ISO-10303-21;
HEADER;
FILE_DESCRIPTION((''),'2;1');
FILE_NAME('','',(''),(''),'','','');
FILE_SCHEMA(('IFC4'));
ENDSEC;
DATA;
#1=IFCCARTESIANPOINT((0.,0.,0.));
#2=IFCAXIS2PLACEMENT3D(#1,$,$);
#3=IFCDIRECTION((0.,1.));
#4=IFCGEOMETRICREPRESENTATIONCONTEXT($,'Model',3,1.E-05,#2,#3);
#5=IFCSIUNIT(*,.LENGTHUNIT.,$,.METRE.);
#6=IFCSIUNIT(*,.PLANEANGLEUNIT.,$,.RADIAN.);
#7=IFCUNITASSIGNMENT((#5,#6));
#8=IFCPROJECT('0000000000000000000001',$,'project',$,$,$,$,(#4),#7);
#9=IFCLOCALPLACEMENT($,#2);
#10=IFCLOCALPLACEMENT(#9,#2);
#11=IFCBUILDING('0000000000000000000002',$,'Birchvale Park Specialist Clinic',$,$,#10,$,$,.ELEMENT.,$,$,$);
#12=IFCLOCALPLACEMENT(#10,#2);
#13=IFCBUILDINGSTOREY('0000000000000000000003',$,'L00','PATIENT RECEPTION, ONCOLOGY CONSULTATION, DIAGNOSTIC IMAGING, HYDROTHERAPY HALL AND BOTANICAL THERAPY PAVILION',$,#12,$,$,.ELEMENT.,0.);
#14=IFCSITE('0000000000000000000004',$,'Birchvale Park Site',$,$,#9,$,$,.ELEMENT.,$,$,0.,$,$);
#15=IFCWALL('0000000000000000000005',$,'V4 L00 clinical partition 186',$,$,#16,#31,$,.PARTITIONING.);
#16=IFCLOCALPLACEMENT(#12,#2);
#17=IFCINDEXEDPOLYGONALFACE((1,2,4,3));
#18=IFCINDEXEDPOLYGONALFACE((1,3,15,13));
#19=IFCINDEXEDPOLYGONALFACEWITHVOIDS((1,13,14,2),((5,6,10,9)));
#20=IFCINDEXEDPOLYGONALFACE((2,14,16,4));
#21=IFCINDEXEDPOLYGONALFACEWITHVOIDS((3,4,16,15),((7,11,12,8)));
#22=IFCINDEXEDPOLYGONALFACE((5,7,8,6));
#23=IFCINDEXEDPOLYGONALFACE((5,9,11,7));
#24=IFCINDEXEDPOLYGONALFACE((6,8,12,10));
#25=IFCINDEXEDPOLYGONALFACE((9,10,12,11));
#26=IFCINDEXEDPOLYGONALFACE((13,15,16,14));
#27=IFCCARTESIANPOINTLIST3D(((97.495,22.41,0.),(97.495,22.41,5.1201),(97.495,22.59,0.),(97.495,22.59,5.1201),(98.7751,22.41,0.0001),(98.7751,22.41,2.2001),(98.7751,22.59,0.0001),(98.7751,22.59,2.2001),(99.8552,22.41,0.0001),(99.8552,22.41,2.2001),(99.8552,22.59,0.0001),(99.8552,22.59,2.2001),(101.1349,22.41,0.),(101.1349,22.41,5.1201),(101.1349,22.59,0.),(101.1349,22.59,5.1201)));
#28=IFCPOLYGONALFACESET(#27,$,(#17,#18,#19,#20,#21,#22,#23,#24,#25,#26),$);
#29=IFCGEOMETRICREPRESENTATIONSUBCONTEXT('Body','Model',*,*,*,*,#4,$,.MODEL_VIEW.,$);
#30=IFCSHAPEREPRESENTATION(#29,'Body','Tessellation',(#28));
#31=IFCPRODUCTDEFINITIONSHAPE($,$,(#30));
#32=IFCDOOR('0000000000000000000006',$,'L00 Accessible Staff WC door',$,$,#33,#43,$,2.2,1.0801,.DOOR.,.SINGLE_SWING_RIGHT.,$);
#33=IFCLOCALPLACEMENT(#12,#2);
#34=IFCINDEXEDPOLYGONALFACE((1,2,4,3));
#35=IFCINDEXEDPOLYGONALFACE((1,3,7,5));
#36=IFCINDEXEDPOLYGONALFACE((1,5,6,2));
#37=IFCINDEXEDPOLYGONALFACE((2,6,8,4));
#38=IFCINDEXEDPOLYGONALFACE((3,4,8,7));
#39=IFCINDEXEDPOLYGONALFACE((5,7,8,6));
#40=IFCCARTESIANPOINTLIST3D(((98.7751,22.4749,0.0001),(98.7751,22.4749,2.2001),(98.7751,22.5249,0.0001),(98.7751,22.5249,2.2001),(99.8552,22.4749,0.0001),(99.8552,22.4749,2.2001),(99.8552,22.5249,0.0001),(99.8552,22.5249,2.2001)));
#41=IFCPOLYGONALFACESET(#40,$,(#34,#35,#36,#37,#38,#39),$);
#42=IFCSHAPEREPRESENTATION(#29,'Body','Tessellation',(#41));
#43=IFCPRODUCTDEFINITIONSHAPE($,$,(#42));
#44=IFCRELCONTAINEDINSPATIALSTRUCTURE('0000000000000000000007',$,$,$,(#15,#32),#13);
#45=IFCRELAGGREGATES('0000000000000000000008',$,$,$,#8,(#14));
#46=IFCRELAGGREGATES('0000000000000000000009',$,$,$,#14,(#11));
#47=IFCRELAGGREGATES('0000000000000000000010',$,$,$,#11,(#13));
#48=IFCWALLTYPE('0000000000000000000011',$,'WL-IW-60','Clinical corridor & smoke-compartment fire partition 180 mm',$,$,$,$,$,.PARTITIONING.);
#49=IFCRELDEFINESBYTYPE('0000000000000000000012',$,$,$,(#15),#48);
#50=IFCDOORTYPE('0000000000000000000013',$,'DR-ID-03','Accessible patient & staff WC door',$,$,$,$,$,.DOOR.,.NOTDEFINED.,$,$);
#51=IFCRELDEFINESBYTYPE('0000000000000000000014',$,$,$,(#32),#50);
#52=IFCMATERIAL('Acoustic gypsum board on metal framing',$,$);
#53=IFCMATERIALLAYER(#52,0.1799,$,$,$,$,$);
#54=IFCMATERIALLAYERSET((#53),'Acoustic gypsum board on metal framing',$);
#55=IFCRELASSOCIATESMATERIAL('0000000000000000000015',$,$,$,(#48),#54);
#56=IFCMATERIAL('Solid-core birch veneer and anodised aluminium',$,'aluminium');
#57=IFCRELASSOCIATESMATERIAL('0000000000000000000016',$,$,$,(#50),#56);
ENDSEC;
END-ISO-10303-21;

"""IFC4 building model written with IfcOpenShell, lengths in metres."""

from ifc_helpers import new_model, si_unit, direction, frame, frame_2d, origin, place, context, subcontext, project, spatial, rectangle, extrude, material, layer, layer_set, type_object, element, fill, save


model = new_model("IFC4")

# Units and contexts
model_context = context("Model", 3, precision=1e-05, world=origin(), true_north=direction((0.0, 1.0)))
body_context = subcontext(model_context, "Body", "Model", "MODEL_VIEW")
ifc_project = project(units=[si_unit("LENGTHUNIT", "METRE"), si_unit("PLANEANGLEUNIT", "RADIAN")], contexts=[model_context])

# Site, building, storey
site_placement = place(None, origin())
site = spatial("IfcSite", under=ifc_project, at=site_placement, Name="Birchvale Park Site", CompositionType="ELEMENT", RefElevation=0.0)
building_placement = place(site_placement, origin())
building = spatial("IfcBuilding", under=site, at=building_placement, Name="Birchvale Park Specialist Clinic", CompositionType="ELEMENT")
storey_placement = place(building_placement, origin())
storey = spatial("IfcBuildingStorey", under=building, at=storey_placement, Name="L00", Description="PATIENT RECEPTION, ONCOLOGY CONSULTATION, DIAGNOSTIC IMAGING, HYDROTHERAPY HALL AND BOTANICAL THERAPY PAVILION", CompositionType="ELEMENT", Elevation=0.0)

# Shared definitions
ifc_material_1 = material(Name="Acoustic gypsum board on metal framing")

# Wall, opening, door
ifc_layer_1 = layer(ifc_material_1, 0.1799)
ifc_layer_set_1 = layer_set([ifc_layer_1], Name="Acoustic gypsum board on metal framing")
wall_type_1 = type_object("IfcWallType", Name="WL-IW-60", Description="Clinical corridor & smoke-compartment fire partition 180 mm", PredefinedType="PARTITIONING", material=ifc_layer_set_1)
ifc_material_2 = material(Name="Solid-core birch veneer and anodised aluminium", Category="aluminium")
wall_1_placement = place(storey_placement, frame((97.4951, 22.5, 0.0), z_axis=(0.0, 0.0, 1.0), x_axis=(1.0, 0.0, 0.0)))
wall_1 = element("IfcWall", 1, at=wall_1_placement, inside=storey, type_object=wall_type_1, Name="V4 L00 clinical partition 186", PredefinedType="PARTITIONING", context=body_context, shape_type="SweptSolid", body=[
    extrude(rectangle(XDim=3.6399, YDim=0.1799, at=frame_2d((1.8198, 0.0))), origin(), (0.0, 0.0, 1.0), 5.1201),
])
opening_1_placement = place(wall_1_placement, frame((1.28, 0.0, 0.0)))
opening_1 = element("IfcOpeningElement", 2, at=opening_1_placement, cuts=wall_1, PredefinedType="OPENING", context=body_context, shape_type="SweptSolid", body=[
    extrude(rectangle(XDim=1.0801, YDim=2.2, at=frame_2d((0.54, 1.1001))), frame((0.0, 0.1001, 0.0), z_axis=(0.0, -1.0, 0.0), x_axis=(1.0, 0.0, 0.0)), (0.0, 0.0, 1.0), 0.2),
])
door_type_1 = type_object("IfcDoorType", Name="DR-ID-03", Description="Accessible patient & staff WC door", OperationType="NOTDEFINED", PredefinedType="DOOR", material=ifc_material_2)
door_1_placement = place(opening_1_placement, origin())
door_1 = element("IfcDoor", 3, at=door_1_placement, inside=storey, type_object=door_type_1, Name="L00 Accessible Staff WC door", OperationType="SINGLE_SWING_RIGHT", OverallHeight=2.2, OverallWidth=1.0801, PredefinedType="DOOR", context=body_context, shape_type="SweptSolid", body=[
    extrude(rectangle(XDim=1.0801, YDim=2.2, at=frame_2d((0.54, 1.1001))), frame((0.0, 0.0249, 0.0), z_axis=(0.0, -1.0, 0.0), x_axis=(1.0, 0.0, 0.0)), (0.0, 0.0, 1.0), 0.05),
])
fill(opening_1, door_1)

save(model, "model.ifc")
